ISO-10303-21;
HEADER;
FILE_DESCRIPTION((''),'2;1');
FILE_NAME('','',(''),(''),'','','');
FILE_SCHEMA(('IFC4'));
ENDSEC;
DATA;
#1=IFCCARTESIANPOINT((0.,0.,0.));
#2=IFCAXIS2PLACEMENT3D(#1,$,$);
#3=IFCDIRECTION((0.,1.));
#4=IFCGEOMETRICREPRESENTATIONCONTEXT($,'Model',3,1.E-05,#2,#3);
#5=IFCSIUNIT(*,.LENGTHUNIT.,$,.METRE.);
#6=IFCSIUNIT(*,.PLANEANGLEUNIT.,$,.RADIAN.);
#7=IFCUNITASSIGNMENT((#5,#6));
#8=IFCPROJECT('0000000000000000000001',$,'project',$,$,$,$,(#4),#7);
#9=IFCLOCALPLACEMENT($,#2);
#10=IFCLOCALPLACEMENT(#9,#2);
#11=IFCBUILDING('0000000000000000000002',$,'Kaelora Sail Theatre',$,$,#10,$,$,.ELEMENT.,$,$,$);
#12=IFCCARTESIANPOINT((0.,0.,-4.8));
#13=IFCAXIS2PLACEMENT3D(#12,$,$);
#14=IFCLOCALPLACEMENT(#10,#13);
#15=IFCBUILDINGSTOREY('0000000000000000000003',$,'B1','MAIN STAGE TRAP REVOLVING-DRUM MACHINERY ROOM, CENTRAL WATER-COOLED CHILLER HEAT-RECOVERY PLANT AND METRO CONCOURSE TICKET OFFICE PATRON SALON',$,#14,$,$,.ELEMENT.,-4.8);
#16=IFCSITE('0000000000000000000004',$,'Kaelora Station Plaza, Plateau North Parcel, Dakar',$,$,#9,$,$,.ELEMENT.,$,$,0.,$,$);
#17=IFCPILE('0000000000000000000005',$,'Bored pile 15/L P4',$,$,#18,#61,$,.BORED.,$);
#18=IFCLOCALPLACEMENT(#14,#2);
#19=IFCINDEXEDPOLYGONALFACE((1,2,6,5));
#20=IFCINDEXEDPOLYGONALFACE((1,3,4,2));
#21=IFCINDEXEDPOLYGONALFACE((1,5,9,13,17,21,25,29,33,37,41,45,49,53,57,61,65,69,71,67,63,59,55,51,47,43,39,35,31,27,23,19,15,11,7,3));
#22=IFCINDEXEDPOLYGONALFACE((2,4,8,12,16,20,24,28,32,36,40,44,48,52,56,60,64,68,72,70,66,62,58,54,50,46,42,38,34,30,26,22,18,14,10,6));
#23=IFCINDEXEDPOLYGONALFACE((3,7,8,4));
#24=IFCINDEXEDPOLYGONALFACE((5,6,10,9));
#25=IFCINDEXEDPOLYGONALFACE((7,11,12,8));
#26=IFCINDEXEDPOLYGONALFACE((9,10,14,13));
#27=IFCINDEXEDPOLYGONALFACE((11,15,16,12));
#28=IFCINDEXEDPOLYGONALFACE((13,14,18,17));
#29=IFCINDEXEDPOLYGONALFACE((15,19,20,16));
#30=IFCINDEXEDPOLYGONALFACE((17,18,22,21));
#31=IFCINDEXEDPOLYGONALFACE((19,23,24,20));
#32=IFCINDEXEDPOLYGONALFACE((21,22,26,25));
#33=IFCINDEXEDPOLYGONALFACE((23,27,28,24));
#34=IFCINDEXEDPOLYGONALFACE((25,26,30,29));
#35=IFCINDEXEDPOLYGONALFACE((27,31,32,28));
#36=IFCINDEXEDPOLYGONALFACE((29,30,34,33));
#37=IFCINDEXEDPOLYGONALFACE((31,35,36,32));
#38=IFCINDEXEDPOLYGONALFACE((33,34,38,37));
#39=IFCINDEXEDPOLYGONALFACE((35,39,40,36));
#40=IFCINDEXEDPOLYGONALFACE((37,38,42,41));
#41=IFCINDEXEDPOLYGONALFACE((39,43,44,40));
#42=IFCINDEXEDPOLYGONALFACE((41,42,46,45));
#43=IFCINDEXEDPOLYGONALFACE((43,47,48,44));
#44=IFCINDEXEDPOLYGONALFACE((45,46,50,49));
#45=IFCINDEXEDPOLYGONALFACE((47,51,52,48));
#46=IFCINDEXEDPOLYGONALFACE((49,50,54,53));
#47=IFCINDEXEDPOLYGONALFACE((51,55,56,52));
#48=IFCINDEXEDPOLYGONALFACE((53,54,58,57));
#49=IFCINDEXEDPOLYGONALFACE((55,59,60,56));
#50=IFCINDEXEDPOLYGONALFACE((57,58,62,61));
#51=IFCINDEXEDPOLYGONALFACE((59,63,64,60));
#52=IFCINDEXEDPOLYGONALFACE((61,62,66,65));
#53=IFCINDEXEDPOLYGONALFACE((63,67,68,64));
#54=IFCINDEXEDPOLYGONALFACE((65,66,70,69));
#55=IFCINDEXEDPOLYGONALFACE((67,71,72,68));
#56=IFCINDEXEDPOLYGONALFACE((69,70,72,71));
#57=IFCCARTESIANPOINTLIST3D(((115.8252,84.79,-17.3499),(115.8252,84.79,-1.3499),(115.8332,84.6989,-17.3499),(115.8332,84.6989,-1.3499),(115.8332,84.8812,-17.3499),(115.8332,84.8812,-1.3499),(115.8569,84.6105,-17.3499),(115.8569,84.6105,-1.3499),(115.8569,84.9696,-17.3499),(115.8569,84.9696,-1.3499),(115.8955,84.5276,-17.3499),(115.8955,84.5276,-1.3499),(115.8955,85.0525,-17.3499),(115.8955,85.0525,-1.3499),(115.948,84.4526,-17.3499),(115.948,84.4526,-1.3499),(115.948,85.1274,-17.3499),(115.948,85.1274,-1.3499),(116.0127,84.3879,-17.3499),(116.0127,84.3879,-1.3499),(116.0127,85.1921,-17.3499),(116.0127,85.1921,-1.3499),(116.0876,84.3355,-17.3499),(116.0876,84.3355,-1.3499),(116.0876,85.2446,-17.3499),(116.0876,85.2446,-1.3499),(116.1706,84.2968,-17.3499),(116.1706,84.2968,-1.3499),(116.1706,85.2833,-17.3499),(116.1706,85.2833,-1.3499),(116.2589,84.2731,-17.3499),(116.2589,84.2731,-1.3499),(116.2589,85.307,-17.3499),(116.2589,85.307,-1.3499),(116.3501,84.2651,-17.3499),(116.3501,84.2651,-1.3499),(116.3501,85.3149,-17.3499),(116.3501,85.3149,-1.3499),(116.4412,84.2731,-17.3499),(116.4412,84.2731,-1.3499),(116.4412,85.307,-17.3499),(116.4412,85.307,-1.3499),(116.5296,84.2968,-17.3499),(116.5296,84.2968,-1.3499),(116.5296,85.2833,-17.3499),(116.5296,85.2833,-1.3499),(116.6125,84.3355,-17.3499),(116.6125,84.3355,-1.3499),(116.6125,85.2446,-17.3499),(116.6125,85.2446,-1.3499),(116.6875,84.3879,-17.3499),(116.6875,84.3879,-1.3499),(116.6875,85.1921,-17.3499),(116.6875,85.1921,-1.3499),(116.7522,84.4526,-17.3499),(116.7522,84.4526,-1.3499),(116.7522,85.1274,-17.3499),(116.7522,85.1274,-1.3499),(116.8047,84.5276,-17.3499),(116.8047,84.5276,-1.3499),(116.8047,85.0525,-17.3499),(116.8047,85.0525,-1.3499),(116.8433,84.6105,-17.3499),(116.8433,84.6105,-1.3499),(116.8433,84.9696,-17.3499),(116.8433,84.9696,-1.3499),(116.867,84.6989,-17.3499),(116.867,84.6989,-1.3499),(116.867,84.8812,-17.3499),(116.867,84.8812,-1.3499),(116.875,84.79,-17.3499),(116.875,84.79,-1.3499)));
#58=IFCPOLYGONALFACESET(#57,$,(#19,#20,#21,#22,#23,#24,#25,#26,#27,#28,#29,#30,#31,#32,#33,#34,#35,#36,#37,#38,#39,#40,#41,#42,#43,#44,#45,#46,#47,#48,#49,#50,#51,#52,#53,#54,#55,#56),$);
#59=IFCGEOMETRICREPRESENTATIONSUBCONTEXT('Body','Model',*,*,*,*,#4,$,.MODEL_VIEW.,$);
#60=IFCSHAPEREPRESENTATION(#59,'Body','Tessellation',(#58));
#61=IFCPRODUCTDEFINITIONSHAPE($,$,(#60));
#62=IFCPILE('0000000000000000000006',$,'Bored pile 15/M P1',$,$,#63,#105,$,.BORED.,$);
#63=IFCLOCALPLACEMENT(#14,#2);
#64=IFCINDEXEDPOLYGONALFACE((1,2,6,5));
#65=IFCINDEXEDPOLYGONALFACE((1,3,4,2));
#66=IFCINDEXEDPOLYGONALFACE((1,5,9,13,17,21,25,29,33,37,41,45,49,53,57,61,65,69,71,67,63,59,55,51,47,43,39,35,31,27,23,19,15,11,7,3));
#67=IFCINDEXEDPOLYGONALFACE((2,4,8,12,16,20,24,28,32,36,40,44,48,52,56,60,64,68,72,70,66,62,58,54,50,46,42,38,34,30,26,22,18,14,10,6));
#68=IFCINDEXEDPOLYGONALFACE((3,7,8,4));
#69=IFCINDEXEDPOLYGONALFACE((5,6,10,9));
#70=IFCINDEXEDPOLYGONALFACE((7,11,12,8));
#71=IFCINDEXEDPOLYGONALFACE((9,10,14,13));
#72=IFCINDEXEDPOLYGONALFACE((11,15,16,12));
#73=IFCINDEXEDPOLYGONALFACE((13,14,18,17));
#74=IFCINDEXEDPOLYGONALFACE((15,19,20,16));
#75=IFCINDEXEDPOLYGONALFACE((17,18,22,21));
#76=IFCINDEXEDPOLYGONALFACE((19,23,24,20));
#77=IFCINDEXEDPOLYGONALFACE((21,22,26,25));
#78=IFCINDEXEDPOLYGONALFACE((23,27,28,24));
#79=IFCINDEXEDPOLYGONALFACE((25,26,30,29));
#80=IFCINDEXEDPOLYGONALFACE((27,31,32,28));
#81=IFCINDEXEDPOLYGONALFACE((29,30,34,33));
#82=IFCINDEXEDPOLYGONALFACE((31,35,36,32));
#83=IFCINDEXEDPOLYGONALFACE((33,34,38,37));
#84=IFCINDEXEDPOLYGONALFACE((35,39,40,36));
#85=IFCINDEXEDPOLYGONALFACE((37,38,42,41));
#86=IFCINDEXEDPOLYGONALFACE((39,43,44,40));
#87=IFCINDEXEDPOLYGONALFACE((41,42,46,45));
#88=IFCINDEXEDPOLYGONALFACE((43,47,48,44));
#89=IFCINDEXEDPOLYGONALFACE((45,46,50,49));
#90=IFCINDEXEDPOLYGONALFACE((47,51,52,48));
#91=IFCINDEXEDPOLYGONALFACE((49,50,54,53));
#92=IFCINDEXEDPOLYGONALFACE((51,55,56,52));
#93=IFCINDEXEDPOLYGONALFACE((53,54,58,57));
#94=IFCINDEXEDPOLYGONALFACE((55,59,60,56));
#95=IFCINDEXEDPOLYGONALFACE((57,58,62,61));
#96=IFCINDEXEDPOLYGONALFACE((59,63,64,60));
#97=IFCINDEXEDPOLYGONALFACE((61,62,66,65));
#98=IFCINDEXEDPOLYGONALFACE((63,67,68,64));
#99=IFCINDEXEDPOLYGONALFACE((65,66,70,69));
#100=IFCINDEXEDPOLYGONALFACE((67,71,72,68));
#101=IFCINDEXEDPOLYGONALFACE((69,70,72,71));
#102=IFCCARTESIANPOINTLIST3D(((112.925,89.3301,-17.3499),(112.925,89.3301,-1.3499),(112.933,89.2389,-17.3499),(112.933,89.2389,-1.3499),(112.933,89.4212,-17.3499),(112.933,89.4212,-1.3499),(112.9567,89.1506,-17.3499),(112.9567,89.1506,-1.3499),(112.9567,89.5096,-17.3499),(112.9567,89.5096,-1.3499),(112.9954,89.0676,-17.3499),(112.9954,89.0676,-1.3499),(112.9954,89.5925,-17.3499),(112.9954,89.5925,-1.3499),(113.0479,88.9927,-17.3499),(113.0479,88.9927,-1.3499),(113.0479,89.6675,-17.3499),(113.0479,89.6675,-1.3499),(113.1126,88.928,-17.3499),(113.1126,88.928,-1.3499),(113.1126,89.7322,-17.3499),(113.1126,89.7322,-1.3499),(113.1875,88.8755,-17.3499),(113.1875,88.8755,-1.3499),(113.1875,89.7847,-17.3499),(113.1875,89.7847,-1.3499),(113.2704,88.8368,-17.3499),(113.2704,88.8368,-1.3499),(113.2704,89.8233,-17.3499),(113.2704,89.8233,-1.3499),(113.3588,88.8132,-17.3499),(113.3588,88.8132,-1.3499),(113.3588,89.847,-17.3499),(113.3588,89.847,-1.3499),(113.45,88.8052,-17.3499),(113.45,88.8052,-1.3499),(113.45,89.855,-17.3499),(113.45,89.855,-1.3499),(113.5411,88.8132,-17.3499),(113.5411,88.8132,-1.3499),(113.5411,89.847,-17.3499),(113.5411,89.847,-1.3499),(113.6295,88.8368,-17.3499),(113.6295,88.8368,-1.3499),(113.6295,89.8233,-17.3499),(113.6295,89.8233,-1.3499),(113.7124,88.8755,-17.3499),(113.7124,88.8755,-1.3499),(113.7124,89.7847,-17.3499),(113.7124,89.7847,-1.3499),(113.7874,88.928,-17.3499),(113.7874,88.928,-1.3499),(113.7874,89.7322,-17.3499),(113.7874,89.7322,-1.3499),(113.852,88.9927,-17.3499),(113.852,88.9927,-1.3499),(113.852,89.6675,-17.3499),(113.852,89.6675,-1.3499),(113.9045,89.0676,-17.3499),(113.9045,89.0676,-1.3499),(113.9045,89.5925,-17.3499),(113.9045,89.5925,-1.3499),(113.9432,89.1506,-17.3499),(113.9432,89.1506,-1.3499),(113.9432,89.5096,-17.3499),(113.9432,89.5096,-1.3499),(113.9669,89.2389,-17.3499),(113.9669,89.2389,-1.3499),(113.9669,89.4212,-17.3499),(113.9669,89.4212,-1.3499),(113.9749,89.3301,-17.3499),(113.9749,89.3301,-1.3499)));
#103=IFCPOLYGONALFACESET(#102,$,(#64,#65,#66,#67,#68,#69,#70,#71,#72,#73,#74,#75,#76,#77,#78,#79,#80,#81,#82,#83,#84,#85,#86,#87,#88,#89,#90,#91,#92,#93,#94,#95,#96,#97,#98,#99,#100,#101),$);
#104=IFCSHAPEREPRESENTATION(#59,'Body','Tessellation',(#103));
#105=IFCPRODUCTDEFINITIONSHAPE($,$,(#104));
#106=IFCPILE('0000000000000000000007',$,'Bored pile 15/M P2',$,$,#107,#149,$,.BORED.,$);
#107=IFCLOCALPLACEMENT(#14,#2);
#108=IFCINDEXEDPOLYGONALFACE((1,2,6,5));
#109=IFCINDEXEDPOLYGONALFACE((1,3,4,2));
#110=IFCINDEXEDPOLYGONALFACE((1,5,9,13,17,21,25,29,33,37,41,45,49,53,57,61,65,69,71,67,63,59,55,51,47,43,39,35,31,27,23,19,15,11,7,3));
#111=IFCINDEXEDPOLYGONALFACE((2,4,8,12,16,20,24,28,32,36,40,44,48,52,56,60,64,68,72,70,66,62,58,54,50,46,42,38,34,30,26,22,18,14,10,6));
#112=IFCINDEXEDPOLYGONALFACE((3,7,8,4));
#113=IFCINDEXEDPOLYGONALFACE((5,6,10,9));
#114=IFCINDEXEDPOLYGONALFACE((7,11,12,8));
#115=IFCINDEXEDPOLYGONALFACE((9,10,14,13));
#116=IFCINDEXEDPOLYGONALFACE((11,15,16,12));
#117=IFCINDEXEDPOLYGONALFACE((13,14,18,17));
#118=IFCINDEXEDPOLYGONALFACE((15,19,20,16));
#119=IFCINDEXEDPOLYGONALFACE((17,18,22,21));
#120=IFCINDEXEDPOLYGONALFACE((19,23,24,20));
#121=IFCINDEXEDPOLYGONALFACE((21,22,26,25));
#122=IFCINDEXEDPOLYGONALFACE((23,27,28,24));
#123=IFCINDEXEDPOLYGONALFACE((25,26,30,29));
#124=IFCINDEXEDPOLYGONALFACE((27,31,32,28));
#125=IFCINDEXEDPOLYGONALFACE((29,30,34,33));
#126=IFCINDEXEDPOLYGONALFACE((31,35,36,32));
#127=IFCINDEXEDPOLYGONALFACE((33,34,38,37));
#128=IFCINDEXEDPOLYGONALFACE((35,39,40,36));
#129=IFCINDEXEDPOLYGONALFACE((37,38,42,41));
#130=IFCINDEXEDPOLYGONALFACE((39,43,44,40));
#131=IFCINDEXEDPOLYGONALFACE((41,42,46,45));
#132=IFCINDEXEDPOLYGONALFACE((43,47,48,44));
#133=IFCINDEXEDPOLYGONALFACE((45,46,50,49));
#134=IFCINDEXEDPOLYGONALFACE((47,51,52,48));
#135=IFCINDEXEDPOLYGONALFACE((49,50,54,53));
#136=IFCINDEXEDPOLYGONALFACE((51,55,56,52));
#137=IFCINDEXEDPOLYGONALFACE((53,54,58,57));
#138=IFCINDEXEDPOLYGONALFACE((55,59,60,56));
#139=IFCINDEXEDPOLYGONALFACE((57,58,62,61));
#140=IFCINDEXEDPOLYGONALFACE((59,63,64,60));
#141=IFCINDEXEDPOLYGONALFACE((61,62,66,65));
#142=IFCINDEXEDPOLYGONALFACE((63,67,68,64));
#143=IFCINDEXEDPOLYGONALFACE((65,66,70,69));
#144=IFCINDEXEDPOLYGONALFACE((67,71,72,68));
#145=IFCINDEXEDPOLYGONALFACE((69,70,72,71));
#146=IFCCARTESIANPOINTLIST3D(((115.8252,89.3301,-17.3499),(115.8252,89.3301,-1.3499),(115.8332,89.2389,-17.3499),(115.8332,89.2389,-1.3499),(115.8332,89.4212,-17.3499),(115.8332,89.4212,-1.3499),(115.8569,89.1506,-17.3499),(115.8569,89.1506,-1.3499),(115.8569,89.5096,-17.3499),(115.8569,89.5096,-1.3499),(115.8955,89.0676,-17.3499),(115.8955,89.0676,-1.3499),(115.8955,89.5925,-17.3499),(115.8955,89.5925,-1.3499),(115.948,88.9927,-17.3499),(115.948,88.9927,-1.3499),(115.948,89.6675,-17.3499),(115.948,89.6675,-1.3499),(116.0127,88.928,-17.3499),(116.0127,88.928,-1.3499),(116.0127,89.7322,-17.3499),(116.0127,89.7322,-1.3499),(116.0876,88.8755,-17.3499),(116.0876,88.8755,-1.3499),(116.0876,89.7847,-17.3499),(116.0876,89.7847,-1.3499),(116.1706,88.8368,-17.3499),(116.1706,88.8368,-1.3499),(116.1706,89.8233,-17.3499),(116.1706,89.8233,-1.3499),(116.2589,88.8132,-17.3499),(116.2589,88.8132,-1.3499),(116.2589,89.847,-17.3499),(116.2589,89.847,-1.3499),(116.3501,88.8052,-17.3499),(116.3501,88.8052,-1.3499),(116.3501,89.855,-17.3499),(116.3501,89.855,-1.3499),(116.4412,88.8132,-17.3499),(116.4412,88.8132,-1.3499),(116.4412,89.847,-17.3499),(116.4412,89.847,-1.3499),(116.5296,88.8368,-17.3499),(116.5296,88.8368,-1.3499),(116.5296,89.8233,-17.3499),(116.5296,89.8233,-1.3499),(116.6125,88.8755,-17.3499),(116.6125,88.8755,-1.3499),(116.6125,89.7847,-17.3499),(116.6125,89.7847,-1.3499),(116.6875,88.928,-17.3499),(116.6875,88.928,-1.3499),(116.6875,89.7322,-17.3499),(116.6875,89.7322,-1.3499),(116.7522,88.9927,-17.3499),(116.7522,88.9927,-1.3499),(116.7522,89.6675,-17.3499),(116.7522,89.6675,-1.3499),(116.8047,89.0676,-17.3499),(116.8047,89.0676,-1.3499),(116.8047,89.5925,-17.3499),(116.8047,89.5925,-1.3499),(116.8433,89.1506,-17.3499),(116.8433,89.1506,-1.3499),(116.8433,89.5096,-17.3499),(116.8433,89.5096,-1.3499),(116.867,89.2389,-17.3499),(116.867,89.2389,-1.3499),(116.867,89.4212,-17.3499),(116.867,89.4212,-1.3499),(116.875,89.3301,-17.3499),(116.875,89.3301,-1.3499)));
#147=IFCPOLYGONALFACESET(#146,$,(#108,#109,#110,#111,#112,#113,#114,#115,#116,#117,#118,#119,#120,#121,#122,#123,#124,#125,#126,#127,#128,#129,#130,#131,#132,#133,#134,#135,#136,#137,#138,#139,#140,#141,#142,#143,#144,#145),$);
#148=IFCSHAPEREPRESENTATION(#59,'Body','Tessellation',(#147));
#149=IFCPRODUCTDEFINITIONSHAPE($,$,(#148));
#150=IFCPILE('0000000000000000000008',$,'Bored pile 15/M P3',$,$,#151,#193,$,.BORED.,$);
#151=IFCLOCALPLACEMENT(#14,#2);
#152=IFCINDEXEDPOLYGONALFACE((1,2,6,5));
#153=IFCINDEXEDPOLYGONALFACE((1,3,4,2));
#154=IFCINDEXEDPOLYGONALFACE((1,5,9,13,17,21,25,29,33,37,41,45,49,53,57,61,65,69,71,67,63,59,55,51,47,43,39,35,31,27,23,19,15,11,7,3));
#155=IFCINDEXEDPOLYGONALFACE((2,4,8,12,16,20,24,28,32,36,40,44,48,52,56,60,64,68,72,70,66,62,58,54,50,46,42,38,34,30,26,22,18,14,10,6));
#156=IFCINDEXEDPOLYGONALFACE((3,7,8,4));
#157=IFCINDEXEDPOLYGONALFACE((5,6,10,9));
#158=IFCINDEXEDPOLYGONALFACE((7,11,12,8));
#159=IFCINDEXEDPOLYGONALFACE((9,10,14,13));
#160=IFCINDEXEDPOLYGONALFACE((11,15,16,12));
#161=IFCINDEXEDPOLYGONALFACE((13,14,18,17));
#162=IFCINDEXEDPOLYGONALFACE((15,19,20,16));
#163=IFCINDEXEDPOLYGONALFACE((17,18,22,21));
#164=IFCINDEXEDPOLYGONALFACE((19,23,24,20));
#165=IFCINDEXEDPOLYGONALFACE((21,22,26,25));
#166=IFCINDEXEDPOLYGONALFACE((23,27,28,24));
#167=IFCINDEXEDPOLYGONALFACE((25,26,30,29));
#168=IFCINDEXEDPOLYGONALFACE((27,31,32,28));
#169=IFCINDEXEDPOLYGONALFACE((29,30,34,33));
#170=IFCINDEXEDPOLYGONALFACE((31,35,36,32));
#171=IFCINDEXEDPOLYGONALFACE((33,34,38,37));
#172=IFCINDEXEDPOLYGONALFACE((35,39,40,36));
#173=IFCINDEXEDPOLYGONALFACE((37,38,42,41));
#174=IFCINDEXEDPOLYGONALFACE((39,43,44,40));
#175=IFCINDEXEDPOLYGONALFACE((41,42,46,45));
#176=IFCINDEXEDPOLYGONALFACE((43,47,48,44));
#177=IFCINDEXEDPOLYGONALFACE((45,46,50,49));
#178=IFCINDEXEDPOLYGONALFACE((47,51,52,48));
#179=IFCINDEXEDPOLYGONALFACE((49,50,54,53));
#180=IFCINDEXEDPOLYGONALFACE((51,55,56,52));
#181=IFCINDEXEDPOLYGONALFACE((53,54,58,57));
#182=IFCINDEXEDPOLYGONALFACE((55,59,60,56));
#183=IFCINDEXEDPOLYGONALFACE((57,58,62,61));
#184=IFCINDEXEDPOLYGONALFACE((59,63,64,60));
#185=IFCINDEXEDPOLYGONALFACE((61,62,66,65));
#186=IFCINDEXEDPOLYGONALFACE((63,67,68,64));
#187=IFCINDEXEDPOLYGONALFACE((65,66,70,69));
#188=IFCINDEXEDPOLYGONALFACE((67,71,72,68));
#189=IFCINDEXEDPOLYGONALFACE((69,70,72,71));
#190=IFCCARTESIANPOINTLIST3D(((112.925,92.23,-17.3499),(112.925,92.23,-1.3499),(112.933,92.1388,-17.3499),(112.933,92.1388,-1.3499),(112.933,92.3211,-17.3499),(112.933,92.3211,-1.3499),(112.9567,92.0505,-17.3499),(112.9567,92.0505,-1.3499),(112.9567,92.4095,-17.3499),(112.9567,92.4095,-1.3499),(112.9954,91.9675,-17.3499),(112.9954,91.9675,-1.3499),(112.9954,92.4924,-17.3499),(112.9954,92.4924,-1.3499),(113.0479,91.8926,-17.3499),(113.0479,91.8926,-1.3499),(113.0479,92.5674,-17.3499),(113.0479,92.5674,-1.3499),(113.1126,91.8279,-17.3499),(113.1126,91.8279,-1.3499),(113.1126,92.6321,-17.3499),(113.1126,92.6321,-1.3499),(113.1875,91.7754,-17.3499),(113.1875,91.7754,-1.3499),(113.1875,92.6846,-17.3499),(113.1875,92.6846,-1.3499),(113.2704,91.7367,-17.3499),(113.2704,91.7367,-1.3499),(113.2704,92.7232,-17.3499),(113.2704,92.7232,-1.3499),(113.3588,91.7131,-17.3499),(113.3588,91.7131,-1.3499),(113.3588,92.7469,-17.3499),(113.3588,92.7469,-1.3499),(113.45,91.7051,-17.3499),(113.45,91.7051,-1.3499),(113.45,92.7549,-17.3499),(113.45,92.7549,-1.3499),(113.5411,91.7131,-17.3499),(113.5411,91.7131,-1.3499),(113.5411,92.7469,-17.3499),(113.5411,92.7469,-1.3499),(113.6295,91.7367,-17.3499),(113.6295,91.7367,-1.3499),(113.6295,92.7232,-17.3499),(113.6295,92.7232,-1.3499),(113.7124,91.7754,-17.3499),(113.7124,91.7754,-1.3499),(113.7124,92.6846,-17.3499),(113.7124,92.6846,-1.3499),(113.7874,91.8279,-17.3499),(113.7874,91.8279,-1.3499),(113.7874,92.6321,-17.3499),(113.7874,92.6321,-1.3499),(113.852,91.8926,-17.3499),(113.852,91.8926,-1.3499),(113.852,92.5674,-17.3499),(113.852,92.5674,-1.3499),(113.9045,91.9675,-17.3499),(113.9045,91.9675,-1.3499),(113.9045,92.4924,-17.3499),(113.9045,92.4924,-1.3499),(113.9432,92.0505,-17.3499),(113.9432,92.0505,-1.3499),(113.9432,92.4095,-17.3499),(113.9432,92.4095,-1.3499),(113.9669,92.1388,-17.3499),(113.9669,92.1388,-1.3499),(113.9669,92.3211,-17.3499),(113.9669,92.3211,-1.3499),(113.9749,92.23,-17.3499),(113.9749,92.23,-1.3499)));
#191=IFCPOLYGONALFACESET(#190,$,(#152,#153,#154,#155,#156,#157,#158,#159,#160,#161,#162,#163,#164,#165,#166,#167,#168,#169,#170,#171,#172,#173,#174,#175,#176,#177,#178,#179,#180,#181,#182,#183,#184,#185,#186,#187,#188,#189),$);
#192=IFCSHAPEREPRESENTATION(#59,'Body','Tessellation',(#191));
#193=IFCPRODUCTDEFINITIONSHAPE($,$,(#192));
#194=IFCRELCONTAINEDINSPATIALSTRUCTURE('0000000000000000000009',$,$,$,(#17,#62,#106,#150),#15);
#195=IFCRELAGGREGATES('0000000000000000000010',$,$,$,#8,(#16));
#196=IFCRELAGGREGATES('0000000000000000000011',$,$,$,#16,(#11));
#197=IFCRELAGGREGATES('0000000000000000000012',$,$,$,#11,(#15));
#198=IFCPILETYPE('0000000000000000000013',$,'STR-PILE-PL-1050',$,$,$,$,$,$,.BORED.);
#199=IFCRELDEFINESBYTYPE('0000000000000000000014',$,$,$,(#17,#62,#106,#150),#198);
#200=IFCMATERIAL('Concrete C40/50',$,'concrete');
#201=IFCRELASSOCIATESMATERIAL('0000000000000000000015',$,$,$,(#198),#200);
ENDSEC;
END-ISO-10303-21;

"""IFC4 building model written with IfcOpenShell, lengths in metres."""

from ifc_helpers import new_model, si_unit, direction, frame, origin, origin_2d, place, context, subcontext, project, spatial, circle, extrude, material, material_profile, profile_set, type_object, element, save


model = new_model("IFC4")

# Units and contexts
model_context = context("Model", 3, precision=1e-05, world=origin(), true_north=direction((0.0, 1.0)))
body_context = subcontext(model_context, "Body", "Model", "MODEL_VIEW")
ifc_project = project(units=[si_unit("LENGTHUNIT", "METRE"), si_unit("PLANEANGLEUNIT", "RADIAN")], contexts=[model_context])

# Site, building, storey
site_placement = place(None, origin())
site = spatial("IfcSite", under=ifc_project, at=site_placement, Name="Kaelora Station Plaza, Plateau North Parcel, Dakar", CompositionType="ELEMENT", RefElevation=0.0)
building_placement = place(site_placement, origin())
building = spatial("IfcBuilding", under=site, at=building_placement, Name="Kaelora Sail Theatre", CompositionType="ELEMENT")
storey_placement = place(building_placement, frame((0.0, 0.0, -4.8)))
storey = spatial("IfcBuildingStorey", under=building, at=storey_placement, Name="B1", Description="MAIN STAGE TRAP REVOLVING-DRUM MACHINERY ROOM, CENTRAL WATER-COOLED CHILLER HEAT-RECOVERY PLANT AND METRO CONCOURSE TICKET OFFICE PATRON SALON", CompositionType="ELEMENT", Elevation=-4.8)

# Piles
ifc_material_1 = material(Name="Concrete C40/50", Category="concrete")
ifc_material_profile_1 = material_profile(ifc_material_1, circle(Radius=0.5249, at=origin_2d()), Name="PILE D1050")
ifc_profile_set_1 = profile_set([ifc_material_profile_1], Name="Concrete C40/50")
pile_type = type_object("IfcPileType", Name="STR-PILE-PL-1050", PredefinedType="BORED", material=ifc_profile_set_1)
for number, where, z_axis, x_axis, name in (
    (1, (116.3501, 84.79, -1.3499), (0.0, 0.0, -1.0), (1.0, 0.0, 0.0), "Bored pile 15/L P4"),
    (2, (113.45, 89.3301, -1.3499), (0.0, 0.0, -1.0), (1.0, 0.0, 0.0), "Bored pile 15/M P1"),
    (3, (116.3501, 89.3301, -1.3499), (0.0, 0.0, -1.0), (1.0, 0.0, 0.0), "Bored pile 15/M P2"),
    (4, (113.45, 92.23, -1.3499), (0.0, 0.0, -1.0), (1.0, 0.0, 0.0), "Bored pile 15/M P3"),
):
    element("IfcPile", number, at=place(storey_placement, frame(where, z_axis=z_axis, x_axis=x_axis)), inside=storey, type_object=pile_type, Name=name, PredefinedType="BORED", context=body_context, shape_type="SweptSolid", body=[
        extrude(circle(Radius=0.5249, at=origin_2d()), origin(), (0.0, 0.0, 1.0), 16.0),
    ])

save(model, "model.ifc")
